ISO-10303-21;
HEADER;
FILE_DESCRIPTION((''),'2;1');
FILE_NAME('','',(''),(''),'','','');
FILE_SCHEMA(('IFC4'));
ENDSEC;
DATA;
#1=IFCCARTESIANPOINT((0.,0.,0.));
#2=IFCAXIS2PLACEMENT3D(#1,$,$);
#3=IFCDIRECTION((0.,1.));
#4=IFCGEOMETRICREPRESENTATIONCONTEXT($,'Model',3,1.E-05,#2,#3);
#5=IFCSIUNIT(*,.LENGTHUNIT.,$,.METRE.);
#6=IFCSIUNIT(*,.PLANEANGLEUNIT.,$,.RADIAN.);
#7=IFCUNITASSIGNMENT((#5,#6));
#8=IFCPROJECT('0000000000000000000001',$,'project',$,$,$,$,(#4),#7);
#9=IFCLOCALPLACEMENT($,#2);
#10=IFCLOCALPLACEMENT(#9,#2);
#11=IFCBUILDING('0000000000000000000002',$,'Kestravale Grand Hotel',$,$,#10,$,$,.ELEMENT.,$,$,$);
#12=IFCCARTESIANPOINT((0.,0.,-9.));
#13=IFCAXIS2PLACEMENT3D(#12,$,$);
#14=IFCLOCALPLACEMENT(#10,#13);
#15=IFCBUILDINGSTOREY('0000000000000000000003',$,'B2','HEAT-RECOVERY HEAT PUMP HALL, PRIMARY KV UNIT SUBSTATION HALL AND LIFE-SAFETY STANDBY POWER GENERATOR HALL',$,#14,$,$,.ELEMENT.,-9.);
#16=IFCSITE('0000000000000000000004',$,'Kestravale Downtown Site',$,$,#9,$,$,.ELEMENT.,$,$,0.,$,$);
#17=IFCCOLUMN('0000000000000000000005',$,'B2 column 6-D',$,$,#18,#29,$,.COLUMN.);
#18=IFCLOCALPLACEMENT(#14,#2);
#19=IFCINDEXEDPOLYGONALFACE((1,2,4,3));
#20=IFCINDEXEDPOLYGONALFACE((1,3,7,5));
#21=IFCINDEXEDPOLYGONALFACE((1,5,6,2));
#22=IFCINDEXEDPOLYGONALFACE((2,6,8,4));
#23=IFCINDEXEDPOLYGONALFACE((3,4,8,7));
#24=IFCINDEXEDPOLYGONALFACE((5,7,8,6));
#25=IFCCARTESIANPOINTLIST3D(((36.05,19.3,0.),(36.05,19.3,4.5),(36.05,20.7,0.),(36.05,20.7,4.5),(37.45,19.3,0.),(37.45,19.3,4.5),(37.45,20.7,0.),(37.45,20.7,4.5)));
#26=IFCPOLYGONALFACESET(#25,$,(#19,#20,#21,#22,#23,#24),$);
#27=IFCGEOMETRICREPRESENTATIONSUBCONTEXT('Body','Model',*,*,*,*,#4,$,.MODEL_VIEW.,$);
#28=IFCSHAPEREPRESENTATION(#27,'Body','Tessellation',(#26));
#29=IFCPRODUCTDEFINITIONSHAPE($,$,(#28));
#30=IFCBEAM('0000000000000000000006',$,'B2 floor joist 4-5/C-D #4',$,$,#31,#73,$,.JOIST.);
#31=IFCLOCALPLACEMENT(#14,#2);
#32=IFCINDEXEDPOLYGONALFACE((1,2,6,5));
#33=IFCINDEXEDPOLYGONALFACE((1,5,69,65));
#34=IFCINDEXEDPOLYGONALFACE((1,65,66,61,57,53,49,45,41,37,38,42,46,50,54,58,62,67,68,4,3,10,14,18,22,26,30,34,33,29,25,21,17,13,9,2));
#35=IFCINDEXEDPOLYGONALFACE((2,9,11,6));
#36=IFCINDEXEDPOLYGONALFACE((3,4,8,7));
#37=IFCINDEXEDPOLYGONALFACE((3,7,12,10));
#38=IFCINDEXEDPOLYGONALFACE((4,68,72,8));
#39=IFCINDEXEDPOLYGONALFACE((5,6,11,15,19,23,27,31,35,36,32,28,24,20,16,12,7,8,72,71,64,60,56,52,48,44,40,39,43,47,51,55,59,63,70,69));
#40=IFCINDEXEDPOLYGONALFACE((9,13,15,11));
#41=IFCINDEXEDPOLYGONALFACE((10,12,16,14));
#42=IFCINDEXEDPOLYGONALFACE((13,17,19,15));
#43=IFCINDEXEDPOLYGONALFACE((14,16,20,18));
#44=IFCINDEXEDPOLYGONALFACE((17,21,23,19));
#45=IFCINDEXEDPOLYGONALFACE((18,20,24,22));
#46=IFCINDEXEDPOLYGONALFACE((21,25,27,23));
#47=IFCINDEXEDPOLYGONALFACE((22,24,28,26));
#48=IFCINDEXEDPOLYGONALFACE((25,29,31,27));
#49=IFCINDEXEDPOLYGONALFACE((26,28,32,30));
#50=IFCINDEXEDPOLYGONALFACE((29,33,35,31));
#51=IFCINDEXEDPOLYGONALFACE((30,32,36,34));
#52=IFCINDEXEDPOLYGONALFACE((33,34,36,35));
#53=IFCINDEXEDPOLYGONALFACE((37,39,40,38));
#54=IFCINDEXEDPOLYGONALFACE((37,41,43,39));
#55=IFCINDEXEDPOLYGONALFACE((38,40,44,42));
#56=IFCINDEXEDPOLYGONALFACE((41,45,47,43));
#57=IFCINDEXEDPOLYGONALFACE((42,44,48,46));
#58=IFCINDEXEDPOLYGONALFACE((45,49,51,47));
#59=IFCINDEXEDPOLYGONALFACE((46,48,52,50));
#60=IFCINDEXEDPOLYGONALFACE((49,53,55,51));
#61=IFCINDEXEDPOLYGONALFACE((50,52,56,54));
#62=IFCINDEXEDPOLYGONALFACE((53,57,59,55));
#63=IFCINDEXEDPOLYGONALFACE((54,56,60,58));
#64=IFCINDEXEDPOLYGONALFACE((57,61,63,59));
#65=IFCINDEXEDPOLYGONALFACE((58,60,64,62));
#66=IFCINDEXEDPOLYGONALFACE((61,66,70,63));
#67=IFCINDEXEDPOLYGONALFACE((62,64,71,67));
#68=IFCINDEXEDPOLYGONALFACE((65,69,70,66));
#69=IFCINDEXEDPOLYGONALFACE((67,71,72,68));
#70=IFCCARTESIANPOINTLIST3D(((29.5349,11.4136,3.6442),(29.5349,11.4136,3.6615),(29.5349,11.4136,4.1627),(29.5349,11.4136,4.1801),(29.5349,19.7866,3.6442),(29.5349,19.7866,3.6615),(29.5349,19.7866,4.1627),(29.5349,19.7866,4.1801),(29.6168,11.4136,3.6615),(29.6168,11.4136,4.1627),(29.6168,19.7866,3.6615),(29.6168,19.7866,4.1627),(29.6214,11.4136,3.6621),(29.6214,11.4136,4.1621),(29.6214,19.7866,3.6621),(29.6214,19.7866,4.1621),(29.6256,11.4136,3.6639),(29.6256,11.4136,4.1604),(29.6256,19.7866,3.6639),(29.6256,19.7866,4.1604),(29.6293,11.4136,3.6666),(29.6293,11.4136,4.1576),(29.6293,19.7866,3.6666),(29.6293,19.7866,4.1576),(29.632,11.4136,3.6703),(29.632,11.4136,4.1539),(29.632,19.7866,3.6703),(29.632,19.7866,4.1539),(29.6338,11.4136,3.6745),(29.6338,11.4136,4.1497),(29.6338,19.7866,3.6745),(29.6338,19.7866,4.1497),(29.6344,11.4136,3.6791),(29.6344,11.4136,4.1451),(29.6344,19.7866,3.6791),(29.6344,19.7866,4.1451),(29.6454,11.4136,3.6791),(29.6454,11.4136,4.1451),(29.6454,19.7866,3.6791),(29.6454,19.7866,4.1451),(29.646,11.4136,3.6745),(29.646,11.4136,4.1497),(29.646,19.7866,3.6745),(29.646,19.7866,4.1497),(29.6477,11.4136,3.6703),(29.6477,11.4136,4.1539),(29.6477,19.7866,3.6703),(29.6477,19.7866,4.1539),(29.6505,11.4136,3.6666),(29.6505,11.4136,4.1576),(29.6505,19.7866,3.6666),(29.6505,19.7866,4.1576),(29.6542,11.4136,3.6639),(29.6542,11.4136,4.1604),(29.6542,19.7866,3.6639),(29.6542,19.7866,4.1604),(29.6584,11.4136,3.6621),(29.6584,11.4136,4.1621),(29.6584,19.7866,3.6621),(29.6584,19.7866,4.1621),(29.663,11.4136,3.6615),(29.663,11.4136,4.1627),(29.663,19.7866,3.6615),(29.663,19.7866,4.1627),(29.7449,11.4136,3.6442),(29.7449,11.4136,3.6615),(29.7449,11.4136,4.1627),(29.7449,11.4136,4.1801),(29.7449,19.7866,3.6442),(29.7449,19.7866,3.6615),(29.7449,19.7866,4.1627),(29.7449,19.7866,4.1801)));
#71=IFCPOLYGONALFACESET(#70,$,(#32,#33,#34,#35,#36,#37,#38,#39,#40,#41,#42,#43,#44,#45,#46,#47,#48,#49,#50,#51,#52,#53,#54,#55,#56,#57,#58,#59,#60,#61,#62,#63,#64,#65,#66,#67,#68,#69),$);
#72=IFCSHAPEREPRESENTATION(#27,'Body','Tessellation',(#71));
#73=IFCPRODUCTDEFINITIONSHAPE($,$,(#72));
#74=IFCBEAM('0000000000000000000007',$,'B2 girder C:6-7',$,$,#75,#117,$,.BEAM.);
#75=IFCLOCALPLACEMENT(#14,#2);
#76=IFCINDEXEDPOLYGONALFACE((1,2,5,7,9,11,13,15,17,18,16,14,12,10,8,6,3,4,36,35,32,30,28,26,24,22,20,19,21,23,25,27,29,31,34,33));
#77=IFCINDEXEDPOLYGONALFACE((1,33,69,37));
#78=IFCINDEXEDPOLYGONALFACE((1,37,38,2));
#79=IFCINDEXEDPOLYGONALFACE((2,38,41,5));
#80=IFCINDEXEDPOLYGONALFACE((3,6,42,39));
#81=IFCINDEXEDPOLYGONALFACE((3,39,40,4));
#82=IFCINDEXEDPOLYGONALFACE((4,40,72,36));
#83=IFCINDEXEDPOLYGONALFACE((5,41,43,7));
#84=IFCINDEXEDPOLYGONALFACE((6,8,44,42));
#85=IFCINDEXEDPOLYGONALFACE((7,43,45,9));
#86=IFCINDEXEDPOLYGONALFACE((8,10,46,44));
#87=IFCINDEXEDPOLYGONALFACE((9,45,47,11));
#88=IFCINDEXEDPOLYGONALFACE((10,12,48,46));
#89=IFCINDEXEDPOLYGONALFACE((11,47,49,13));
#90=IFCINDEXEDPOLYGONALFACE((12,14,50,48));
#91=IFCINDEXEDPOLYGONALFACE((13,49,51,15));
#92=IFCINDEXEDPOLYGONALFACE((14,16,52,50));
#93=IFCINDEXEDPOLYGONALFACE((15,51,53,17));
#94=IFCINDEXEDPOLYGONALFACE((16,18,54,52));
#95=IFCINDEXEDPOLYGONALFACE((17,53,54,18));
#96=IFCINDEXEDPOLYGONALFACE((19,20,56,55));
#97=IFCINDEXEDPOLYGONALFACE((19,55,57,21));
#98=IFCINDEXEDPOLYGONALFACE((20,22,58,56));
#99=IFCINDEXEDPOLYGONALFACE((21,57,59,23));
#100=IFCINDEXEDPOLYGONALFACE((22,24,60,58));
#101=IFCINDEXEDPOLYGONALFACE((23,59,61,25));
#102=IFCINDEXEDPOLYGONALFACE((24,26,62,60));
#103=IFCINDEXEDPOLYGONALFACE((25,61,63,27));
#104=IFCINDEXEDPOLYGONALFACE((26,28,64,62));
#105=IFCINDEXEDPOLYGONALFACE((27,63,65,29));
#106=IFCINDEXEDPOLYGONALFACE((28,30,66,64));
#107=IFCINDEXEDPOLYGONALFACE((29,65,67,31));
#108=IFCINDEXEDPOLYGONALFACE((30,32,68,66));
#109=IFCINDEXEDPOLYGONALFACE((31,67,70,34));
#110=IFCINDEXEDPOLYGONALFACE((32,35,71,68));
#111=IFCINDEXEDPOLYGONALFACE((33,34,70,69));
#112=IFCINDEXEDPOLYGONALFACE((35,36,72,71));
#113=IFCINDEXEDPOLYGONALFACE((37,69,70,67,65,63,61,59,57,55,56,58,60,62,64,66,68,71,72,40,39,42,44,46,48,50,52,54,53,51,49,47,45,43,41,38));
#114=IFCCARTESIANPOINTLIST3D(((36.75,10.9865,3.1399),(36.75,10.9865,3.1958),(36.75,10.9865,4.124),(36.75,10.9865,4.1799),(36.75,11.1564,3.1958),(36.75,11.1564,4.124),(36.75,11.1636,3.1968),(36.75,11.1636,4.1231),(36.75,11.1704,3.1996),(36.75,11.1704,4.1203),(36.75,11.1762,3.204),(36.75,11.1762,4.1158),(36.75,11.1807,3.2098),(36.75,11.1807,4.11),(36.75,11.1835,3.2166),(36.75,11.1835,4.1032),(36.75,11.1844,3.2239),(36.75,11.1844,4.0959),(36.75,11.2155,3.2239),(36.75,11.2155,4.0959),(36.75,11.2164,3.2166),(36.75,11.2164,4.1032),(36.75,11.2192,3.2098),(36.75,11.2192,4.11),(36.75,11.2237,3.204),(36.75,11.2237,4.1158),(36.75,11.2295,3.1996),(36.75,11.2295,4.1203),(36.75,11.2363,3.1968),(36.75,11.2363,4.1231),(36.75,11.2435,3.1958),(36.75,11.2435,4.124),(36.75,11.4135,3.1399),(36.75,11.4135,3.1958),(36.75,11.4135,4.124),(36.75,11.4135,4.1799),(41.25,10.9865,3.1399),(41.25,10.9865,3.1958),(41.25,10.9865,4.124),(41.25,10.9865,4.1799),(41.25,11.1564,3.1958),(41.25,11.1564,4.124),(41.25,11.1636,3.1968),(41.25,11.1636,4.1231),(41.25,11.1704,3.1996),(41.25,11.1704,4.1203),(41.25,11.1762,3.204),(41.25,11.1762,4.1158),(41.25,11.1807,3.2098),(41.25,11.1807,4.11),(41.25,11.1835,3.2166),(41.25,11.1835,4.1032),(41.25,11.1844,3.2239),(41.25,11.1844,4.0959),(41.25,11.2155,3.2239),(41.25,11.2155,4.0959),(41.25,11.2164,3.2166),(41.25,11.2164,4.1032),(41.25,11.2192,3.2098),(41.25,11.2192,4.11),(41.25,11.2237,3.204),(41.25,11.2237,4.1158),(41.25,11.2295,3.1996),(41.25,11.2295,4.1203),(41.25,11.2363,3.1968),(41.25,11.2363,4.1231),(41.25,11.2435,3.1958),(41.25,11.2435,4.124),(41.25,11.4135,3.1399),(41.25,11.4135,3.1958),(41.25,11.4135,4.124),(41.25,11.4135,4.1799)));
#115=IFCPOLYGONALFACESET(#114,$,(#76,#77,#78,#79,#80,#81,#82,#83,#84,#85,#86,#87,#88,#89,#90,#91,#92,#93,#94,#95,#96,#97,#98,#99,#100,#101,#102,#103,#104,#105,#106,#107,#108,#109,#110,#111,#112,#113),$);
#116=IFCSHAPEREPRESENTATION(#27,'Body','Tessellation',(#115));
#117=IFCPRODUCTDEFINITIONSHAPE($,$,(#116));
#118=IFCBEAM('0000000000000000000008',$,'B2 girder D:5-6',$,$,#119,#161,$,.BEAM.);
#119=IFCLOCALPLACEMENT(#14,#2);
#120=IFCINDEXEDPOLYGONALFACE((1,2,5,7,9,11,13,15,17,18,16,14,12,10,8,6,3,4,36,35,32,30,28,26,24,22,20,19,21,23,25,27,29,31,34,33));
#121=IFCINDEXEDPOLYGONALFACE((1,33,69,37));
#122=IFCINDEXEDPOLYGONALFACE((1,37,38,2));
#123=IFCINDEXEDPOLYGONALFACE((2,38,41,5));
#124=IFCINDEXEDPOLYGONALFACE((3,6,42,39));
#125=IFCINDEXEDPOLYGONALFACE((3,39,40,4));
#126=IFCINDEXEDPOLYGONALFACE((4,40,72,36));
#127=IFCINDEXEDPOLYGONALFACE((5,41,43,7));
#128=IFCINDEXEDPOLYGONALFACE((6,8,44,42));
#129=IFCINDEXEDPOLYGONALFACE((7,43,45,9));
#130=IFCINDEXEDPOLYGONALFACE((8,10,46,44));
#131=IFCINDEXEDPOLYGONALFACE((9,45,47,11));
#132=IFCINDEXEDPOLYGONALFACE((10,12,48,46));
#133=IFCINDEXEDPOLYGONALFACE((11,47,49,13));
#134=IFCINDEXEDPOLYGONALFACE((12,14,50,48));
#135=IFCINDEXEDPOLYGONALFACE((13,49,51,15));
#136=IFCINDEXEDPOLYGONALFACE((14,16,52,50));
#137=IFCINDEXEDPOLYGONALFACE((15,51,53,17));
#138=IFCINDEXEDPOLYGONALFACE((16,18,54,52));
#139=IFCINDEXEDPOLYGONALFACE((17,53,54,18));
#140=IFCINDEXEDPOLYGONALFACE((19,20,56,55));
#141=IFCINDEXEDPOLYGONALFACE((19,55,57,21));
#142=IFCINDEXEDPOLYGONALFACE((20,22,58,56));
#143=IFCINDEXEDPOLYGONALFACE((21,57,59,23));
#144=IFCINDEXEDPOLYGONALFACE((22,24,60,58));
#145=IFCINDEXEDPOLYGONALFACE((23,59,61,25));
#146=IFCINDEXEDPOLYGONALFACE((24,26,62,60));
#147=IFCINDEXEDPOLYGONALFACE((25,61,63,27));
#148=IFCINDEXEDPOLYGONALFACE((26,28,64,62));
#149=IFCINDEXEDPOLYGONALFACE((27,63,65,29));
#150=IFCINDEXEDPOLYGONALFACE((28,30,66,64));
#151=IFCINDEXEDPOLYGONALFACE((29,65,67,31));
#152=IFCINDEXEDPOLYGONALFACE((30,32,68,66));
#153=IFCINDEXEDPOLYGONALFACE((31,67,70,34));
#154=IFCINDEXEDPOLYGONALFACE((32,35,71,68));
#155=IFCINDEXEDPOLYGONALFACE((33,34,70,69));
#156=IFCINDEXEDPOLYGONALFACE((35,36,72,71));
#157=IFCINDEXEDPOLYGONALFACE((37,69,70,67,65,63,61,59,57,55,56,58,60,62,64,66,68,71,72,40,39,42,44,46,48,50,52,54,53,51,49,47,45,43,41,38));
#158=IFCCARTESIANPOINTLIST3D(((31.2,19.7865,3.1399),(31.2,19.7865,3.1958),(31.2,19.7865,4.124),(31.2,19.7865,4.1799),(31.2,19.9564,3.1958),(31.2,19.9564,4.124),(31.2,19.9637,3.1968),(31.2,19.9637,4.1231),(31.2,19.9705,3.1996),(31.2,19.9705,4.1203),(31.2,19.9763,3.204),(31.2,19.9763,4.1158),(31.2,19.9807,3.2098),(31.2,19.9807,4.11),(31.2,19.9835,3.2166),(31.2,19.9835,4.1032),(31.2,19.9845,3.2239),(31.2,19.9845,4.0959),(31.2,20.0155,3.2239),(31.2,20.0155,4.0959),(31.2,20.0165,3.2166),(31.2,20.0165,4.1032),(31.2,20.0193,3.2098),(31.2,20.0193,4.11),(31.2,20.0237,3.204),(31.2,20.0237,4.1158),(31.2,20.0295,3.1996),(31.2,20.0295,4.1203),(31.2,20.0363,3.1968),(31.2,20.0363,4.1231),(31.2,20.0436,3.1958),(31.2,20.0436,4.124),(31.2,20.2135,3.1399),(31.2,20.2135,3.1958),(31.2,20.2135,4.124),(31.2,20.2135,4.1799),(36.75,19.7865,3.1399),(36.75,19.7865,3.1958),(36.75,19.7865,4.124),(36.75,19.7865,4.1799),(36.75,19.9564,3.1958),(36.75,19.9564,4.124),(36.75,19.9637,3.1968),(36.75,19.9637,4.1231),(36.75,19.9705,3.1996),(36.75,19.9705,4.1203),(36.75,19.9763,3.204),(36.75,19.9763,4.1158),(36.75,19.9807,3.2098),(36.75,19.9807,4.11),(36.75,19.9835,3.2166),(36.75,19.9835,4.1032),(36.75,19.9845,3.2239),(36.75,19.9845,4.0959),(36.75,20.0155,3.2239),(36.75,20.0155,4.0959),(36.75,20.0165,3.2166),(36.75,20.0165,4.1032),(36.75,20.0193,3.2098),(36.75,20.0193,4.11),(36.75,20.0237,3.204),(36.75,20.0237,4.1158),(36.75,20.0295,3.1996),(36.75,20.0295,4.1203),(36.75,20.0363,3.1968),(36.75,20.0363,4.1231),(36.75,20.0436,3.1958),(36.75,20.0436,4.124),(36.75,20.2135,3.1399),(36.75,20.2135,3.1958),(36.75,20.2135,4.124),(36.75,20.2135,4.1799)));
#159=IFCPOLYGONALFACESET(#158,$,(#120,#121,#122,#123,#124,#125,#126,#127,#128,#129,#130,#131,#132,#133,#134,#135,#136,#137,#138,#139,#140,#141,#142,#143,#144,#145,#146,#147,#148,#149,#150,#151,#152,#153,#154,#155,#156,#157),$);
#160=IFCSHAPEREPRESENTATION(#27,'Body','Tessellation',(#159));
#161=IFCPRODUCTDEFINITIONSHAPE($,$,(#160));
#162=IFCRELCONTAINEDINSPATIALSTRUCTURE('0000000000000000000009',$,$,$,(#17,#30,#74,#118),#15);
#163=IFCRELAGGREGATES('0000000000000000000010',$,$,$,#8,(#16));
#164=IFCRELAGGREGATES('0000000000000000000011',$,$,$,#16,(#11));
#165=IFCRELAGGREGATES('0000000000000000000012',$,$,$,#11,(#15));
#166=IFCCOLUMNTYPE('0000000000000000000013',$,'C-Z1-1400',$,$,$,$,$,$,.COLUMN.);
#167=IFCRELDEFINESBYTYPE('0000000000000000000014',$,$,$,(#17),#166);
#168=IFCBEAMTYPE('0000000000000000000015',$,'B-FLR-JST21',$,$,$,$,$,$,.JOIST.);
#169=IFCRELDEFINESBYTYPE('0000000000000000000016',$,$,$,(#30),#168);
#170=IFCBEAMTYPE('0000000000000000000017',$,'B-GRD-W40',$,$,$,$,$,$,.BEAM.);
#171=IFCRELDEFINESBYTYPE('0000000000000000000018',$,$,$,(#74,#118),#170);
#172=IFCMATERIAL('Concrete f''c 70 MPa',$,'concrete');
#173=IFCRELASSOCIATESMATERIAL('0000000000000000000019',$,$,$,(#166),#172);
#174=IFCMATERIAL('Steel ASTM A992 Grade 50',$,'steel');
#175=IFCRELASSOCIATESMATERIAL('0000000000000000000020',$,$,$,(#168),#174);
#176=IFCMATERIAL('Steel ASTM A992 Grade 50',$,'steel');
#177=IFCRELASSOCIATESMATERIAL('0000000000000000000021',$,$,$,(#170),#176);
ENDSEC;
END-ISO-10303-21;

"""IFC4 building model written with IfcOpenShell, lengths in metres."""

from ifc_helpers import new_model, si_unit, direction, frame, origin, origin_2d, place, context, subcontext, project, spatial, rectangle, i_section, extrude, material, material_profile, profile_set, type_object, element, save


model = new_model("IFC4")

# Units and contexts
model_context = context("Model", 3, precision=1e-05, world=origin(), true_north=direction((0.0, 1.0)))
body_context = subcontext(model_context, "Body", "Model", "MODEL_VIEW")
ifc_project = project(units=[si_unit("LENGTHUNIT", "METRE"), si_unit("PLANEANGLEUNIT", "RADIAN")], contexts=[model_context])

# Site, building, storey
site_placement = place(None, origin())
site = spatial("IfcSite", under=ifc_project, at=site_placement, Name="Kestravale Downtown Site", CompositionType="ELEMENT", RefElevation=0.0)
building_placement = place(site_placement, origin())
building = spatial("IfcBuilding", under=site, at=building_placement, Name="Kestravale Grand Hotel", CompositionType="ELEMENT")
storey_placement = place(building_placement, frame((0.0, 0.0, -9.0)))
storey = spatial("IfcBuildingStorey", under=building, at=storey_placement, Name="B2", Description="HEAT-RECOVERY HEAT PUMP HALL, PRIMARY KV UNIT SUBSTATION HALL AND LIFE-SAFETY STANDBY POWER GENERATOR HALL", CompositionType="ELEMENT", Elevation=-9.0)

# Column
ifc_material_1 = material(Name="Concrete f'c 70 MPa", Category="concrete")
ifc_material_profile_1 = material_profile(ifc_material_1, rectangle(XDim=1.3999, YDim=1.3999, at=origin_2d()))
ifc_profile_set_1 = profile_set([ifc_material_profile_1], Name="Concrete f'c 70 MPa")
column_type = type_object("IfcColumnType", Name="C-Z1-1400", PredefinedType="COLUMN", material=ifc_profile_set_1)
for number, where, z_axis, x_axis, name in (
    (1, (36.75, 20.0, 0.0), (0.0, 0.0, 1.0), (1.0, 0.0, 0.0), "B2 column 6-D"),
):
    element("IfcColumn", number, at=place(storey_placement, frame(where, z_axis=z_axis, x_axis=x_axis)), inside=storey, type_object=column_type, Name=name, PredefinedType="COLUMN", context=body_context, shape_type="SweptSolid", body=[
        extrude(rectangle(XDim=1.3999, YDim=1.3999, at=origin_2d()), origin(), (0.0, 0.0, 1.0), 4.5),
    ])

# Beams
ifc_material_2 = material(Name="Steel ASTM A992 Grade 50", Category="steel")
ifc_material_profile_2 = material_profile(ifc_material_2, i_section(OverallWidth=0.21, OverallDepth=0.5359, WebThickness=0.011, FlangeThickness=0.0173, FilletRadius=0.0176, at=origin_2d()))
ifc_profile_set_2 = profile_set([ifc_material_profile_2], Name="Steel ASTM A992 Grade 50")
beam_type_1 = type_object("IfcBeamType", Name="B-FLR-JST21", PredefinedType="JOIST", material=ifc_profile_set_2)
beam_1_placement = place(storey_placement, frame((29.6399, 11.4136, 3.9121), z_axis=(0.0, 1.0, 0.0), x_axis=(-1.0, 0.0, 0.0)))
element("IfcBeam", 2, at=beam_1_placement, inside=storey, type_object=beam_type_1, Name="B2 floor joist 4-5/C-D #4", PredefinedType="JOIST", context=body_context, shape_type="SweptSolid", body=[
    extrude(i_section(OverallWidth=0.21, OverallDepth=0.5359, WebThickness=0.011, FlangeThickness=0.0173, FilletRadius=0.0176, at=origin_2d()), origin(), (0.0, 0.0, 1.0), 8.373),
])
ifc_material_3 = material(Name="Steel ASTM A992 Grade 50", Category="steel")
ifc_material_profile_3 = material_profile(ifc_material_3, i_section(OverallWidth=0.427, OverallDepth=1.04, WebThickness=0.031, FlangeThickness=0.0559, FilletRadius=0.0281, at=origin_2d()))
ifc_profile_set_3 = profile_set([ifc_material_profile_3], Name="Steel ASTM A992 Grade 50")
beam_type_2 = type_object("IfcBeamType", Name="B-GRD-W40", PredefinedType="BEAM", material=ifc_profile_set_3)
beam_2_placement = place(storey_placement, frame((36.75, 11.2, 3.6599), z_axis=(1.0, 0.0, 0.0), x_axis=(0.0, 1.0, 0.0)))
element("IfcBeam", 3, at=beam_2_placement, inside=storey, type_object=beam_type_2, Name="B2 girder C:6-7", PredefinedType="BEAM", context=body_context, shape_type="SweptSolid", body=[
    extrude(i_section(OverallWidth=0.427, OverallDepth=1.04, WebThickness=0.031, FlangeThickness=0.0559, FilletRadius=0.0281, at=origin_2d()), origin(), (0.0, 0.0, 1.0), 4.5),
])
beam_3_placement = place(storey_placement, frame((31.2, 20.0, 3.6599), z_axis=(1.0, 0.0, 0.0), x_axis=(0.0, 1.0, 0.0)))
element("IfcBeam", 4, at=beam_3_placement, inside=storey, type_object=beam_type_2, Name="B2 girder D:5-6", PredefinedType="BEAM", context=body_context, shape_type="SweptSolid", body=[
    extrude(i_section(OverallWidth=0.427, OverallDepth=1.04, WebThickness=0.031, FlangeThickness=0.0559, FilletRadius=0.0281, at=origin_2d()), origin(), (0.0, 0.0, 1.0), 5.55),
])

save(model, "model.ifc")
